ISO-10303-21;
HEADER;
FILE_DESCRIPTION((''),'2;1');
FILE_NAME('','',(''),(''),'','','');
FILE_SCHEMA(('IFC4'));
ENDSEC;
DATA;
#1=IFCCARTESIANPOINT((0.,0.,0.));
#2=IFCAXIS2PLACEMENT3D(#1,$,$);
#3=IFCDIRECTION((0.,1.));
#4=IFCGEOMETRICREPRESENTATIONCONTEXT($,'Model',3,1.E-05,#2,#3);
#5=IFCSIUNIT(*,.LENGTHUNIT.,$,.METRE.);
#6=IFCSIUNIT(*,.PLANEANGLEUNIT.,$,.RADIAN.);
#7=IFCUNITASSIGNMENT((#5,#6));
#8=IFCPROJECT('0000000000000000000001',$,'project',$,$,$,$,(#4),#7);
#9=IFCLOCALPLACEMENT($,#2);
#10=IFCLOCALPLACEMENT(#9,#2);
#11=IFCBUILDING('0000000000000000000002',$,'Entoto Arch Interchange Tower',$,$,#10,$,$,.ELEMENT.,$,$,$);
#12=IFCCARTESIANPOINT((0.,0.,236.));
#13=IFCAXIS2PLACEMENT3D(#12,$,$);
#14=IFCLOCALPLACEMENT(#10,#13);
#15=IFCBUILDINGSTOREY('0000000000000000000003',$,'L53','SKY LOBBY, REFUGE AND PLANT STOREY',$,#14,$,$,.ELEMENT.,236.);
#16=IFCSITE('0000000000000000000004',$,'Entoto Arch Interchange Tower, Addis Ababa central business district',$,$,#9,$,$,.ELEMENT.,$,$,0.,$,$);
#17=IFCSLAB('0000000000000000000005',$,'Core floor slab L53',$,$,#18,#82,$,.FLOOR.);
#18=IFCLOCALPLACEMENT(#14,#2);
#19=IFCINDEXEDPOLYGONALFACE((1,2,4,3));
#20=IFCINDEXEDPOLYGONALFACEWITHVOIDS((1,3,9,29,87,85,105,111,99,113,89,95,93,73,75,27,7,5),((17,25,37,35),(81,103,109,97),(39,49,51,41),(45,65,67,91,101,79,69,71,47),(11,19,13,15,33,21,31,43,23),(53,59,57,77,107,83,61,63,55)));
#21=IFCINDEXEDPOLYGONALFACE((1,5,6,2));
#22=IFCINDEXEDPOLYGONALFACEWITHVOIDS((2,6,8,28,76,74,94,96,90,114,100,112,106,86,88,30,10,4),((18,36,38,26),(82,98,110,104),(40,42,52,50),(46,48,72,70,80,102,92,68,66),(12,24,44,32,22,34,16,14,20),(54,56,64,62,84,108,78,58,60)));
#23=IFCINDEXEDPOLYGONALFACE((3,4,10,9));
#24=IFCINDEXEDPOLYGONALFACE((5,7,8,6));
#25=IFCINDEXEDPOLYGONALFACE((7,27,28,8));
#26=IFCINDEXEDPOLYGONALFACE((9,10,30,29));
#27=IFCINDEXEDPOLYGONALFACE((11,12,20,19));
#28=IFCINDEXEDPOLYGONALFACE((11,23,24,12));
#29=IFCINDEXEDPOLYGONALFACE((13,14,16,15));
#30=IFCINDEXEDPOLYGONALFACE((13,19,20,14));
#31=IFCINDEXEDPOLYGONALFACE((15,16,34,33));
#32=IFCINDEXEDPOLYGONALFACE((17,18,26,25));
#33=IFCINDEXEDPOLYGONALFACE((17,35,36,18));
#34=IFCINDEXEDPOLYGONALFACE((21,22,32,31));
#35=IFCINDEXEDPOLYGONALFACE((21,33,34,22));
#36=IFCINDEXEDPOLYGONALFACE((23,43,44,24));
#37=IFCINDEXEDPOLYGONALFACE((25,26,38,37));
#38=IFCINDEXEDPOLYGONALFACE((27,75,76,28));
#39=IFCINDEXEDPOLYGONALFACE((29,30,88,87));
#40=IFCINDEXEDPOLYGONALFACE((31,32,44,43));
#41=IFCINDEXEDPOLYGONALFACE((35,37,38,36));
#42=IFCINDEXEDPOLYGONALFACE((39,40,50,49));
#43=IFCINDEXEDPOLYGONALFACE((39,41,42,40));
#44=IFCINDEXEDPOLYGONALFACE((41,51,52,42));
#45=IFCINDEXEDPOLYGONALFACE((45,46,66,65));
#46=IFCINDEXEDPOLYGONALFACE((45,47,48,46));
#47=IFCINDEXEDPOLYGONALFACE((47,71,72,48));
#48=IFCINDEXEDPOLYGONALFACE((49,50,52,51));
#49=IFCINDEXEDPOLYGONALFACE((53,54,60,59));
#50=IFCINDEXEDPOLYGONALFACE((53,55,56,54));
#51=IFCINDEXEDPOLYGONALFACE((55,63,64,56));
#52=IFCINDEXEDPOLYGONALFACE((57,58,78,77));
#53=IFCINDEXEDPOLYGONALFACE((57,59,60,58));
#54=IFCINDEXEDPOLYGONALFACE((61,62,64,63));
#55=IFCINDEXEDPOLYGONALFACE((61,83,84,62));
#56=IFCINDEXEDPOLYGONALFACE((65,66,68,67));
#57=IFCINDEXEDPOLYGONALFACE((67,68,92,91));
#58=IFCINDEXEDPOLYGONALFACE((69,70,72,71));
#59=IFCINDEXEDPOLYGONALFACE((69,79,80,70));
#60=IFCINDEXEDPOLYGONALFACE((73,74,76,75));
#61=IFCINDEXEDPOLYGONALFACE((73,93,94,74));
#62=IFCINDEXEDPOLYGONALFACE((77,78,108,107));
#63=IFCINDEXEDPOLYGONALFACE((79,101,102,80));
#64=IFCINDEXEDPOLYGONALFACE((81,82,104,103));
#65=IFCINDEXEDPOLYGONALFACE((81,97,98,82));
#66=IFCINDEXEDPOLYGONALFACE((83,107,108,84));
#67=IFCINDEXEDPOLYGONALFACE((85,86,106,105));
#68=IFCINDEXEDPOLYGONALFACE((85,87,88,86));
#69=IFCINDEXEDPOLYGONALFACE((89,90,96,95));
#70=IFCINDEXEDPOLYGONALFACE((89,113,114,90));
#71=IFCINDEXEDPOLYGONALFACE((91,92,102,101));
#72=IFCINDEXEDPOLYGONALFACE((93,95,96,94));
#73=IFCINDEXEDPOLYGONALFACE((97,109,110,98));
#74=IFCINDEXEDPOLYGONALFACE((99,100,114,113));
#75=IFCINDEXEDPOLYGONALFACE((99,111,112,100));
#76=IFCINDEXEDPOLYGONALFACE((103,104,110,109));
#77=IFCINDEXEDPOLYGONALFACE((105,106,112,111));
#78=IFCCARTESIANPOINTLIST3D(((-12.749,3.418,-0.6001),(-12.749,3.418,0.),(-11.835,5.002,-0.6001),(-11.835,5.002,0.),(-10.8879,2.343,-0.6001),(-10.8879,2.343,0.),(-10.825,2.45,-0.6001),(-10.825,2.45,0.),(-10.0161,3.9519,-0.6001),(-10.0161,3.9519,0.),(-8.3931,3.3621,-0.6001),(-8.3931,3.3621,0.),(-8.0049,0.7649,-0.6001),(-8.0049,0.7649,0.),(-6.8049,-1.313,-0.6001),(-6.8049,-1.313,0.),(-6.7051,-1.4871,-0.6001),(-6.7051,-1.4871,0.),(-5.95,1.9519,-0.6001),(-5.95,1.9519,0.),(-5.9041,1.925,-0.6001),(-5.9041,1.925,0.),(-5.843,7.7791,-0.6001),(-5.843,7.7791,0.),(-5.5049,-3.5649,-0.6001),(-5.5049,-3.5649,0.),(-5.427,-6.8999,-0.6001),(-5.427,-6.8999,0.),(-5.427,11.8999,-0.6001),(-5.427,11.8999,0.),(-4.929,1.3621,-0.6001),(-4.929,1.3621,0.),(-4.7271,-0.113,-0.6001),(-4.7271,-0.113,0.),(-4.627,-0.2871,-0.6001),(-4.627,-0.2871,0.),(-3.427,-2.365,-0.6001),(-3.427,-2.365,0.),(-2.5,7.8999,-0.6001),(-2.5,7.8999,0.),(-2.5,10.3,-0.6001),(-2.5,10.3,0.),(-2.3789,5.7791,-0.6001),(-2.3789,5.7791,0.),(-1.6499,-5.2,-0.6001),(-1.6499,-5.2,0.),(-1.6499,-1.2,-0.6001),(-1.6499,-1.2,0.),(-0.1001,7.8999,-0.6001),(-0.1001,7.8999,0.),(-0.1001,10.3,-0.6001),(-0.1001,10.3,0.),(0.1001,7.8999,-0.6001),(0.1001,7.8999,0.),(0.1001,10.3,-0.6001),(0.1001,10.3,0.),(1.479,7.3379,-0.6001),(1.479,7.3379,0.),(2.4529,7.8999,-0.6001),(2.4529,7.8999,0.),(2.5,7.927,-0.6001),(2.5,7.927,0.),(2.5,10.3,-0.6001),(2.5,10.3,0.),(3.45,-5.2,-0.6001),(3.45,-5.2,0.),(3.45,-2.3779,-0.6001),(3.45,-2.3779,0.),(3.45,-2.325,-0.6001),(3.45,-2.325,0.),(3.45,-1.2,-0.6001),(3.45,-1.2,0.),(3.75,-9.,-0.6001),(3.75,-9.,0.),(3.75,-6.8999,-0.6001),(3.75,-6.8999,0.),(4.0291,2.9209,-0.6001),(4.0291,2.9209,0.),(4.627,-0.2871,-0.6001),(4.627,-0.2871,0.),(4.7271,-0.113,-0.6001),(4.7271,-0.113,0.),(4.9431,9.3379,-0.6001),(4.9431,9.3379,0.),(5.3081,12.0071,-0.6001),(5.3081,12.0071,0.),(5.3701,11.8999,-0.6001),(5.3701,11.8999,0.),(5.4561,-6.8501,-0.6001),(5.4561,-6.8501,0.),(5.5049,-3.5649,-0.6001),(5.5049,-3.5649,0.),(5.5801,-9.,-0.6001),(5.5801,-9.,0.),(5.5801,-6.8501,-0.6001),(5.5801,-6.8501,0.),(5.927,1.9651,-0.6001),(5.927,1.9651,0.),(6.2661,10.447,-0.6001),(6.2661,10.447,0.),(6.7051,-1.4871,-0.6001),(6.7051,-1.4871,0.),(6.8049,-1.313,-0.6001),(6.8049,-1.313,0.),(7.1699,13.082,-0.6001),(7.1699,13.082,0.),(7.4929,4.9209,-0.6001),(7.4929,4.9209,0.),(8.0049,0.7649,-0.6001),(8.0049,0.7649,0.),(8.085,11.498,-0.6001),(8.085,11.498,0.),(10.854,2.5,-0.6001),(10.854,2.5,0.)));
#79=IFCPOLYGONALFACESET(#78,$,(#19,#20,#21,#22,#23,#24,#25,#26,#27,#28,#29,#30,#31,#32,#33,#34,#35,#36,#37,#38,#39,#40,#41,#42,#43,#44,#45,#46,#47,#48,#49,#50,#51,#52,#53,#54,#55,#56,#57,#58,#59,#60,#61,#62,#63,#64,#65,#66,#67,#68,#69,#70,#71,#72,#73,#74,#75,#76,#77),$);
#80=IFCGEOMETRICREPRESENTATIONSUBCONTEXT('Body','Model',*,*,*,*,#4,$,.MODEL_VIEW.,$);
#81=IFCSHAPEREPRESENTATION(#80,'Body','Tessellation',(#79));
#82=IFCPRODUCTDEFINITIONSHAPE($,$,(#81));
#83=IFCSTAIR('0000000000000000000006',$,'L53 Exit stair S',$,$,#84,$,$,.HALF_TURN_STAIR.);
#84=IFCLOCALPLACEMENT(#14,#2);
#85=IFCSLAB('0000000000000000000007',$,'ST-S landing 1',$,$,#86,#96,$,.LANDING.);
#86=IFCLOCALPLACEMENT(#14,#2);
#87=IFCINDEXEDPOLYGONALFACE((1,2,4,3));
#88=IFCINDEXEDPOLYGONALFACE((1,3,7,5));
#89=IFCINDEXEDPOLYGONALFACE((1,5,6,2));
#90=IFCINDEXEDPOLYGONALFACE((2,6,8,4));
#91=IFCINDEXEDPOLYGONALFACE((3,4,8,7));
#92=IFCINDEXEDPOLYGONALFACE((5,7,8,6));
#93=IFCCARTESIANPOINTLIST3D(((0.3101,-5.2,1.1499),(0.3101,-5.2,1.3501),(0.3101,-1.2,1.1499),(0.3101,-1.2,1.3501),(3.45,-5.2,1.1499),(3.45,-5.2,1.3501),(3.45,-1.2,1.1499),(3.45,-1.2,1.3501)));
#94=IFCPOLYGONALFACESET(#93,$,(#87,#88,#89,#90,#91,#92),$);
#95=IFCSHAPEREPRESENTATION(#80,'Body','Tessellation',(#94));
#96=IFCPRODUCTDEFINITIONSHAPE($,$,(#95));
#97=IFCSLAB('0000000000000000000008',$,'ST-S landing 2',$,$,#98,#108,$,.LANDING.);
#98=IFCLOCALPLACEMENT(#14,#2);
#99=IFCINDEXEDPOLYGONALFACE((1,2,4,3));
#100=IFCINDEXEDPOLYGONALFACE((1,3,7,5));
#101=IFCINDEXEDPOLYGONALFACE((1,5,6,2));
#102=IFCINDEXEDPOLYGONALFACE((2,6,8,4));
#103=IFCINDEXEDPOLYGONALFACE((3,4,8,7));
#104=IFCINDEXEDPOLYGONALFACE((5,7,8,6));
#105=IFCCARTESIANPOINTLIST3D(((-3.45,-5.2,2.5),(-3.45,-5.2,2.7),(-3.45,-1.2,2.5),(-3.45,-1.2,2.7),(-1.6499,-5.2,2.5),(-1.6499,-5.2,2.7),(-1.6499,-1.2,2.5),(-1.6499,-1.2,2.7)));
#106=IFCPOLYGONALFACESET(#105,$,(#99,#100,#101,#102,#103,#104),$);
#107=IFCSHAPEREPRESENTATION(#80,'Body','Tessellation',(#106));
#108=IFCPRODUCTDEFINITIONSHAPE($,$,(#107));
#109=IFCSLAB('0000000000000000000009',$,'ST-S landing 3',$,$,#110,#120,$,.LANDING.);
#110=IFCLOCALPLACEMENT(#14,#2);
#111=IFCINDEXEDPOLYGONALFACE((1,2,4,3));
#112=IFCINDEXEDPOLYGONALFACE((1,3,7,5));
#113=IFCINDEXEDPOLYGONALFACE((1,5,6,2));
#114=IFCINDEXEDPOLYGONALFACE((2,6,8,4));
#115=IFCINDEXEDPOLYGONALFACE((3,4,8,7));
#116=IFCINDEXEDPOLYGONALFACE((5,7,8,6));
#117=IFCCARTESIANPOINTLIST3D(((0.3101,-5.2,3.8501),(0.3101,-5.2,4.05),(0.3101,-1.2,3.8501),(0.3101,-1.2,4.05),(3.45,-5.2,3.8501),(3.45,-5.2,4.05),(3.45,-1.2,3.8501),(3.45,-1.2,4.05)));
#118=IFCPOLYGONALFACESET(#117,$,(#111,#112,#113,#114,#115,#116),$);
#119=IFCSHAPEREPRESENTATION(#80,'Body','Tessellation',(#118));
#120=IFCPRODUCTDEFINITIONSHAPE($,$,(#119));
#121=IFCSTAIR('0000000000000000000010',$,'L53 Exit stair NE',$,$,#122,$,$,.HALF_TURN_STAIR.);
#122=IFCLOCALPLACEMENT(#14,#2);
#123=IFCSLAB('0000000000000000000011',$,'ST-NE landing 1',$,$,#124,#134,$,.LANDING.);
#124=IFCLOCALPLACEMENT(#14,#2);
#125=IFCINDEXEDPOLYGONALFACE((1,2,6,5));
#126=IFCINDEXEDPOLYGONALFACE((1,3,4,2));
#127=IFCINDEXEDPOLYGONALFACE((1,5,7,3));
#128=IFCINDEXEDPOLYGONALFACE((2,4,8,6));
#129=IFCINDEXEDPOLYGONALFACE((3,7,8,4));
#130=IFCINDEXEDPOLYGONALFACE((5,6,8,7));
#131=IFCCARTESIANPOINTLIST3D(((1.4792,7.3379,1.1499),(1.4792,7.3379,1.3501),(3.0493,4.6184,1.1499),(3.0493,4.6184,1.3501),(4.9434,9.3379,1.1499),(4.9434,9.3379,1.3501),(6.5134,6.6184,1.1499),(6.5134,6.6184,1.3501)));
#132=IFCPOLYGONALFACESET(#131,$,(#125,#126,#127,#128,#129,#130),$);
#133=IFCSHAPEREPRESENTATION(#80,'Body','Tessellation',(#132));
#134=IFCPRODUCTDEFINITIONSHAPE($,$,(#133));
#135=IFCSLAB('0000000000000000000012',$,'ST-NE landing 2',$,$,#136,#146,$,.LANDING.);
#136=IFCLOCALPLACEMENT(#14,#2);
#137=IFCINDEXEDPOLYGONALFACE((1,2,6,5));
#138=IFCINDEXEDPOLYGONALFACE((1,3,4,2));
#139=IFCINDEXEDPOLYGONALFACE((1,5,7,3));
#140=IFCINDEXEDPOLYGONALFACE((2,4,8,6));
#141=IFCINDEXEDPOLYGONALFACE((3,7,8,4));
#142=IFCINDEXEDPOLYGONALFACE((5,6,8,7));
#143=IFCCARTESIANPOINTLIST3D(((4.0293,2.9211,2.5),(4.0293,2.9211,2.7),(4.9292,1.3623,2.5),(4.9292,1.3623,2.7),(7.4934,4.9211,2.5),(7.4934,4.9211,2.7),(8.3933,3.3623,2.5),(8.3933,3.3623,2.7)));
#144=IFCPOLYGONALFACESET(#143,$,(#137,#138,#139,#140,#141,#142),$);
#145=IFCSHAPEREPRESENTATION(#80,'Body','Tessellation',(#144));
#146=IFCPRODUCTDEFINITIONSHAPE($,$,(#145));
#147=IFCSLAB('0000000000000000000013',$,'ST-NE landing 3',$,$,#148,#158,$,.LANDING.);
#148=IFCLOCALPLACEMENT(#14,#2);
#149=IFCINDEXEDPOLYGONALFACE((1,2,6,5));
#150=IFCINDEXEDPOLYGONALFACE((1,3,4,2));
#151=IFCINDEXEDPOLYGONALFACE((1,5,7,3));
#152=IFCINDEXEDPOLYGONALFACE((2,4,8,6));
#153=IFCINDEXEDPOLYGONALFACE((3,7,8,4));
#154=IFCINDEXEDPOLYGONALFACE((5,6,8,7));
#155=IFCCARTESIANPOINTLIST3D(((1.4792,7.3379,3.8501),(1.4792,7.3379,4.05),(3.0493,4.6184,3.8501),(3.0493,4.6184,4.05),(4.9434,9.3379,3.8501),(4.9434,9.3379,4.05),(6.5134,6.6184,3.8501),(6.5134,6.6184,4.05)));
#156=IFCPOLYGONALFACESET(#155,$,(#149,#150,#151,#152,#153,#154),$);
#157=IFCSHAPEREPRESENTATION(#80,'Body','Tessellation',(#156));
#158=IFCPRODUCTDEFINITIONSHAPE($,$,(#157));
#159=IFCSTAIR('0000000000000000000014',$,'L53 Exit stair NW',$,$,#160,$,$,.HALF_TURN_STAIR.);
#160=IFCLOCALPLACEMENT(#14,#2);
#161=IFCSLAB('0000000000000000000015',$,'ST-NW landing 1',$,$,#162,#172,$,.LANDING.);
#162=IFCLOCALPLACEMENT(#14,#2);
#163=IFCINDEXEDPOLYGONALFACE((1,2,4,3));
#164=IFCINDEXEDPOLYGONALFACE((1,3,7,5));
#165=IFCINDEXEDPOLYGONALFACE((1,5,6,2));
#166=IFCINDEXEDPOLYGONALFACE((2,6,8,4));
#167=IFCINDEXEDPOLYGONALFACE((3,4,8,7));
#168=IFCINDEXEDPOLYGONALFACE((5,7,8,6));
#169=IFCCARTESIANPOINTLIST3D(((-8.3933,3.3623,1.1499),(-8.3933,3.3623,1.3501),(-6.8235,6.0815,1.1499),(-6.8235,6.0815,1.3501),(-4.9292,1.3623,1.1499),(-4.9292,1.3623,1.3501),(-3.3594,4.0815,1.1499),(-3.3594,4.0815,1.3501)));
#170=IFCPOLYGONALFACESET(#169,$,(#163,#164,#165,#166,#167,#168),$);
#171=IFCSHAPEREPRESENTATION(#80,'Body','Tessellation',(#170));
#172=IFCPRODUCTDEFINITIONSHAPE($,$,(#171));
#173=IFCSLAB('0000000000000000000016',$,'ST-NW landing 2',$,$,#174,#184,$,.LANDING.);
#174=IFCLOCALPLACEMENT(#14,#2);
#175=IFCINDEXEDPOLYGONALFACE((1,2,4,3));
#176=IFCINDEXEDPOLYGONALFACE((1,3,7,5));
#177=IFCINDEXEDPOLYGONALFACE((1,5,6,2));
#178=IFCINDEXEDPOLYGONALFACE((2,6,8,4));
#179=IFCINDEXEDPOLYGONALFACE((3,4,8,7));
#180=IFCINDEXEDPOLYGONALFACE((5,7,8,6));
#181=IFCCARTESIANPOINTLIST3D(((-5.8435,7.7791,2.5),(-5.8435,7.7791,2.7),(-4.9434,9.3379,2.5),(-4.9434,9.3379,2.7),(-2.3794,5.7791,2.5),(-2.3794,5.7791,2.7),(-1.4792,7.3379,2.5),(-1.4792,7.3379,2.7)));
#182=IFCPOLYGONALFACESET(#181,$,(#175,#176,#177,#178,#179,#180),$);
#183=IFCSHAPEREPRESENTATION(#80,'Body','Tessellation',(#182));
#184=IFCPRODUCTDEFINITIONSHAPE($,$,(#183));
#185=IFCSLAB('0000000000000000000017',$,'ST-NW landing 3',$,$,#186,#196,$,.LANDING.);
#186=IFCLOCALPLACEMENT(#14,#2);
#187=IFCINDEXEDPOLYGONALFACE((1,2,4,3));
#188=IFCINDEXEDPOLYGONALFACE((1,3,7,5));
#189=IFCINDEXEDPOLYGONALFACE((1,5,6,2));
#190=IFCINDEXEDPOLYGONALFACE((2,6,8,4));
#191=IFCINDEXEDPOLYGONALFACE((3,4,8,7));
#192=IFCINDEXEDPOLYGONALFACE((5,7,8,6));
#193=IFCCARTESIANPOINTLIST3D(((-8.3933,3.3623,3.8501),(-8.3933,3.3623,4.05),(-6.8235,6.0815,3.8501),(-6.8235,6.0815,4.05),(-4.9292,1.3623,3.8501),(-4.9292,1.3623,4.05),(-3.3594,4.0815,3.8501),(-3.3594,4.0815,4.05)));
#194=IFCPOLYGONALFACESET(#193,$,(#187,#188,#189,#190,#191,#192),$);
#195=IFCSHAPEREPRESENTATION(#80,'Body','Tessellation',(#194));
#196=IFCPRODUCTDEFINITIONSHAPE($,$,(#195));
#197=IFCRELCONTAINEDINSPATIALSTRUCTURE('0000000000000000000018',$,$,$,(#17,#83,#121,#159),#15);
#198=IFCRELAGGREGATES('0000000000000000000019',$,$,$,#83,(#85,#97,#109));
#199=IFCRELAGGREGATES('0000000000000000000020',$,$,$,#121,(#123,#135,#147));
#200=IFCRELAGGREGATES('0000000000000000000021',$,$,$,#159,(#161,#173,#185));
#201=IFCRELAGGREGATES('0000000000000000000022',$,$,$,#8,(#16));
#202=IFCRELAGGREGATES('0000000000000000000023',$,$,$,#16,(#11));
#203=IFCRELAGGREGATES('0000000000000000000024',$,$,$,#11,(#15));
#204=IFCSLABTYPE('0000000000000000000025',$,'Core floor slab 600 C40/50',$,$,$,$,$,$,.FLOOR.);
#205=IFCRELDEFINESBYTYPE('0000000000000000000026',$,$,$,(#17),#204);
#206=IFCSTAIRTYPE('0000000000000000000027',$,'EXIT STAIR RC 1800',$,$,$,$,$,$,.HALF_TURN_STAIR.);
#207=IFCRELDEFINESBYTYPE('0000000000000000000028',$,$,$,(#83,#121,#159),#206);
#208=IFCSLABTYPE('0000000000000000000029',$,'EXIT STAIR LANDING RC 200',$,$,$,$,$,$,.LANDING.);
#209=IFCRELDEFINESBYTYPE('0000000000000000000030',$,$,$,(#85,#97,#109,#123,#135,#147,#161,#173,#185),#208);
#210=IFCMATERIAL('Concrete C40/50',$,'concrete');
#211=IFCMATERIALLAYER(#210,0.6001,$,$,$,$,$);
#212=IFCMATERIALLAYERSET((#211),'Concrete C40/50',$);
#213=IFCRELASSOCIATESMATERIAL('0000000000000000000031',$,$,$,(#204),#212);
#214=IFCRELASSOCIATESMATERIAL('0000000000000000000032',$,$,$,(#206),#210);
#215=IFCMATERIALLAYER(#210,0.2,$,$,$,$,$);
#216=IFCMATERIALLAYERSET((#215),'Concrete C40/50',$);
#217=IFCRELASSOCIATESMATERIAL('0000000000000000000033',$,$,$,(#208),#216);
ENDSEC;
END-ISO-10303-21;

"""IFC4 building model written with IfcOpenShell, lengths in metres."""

from ifc_helpers import new_model, si_unit, direction, frame, origin, place, context, subcontext, project, spatial, polyline, outline, extrude, material, layer, layer_set, type_object, element, aggregate, save


model = new_model("IFC4")

# Units and contexts
model_context = context("Model", 3, precision=1e-05, world=origin(), true_north=direction((0.0, 1.0)))
body_context = subcontext(model_context, "Body", "Model", "MODEL_VIEW")
ifc_project = project(units=[si_unit("LENGTHUNIT", "METRE"), si_unit("PLANEANGLEUNIT", "RADIAN")], contexts=[model_context])

# Site, building, storey
site_placement = place(None, origin())
site = spatial("IfcSite", under=ifc_project, at=site_placement, Name="Entoto Arch Interchange Tower, Addis Ababa central business district", CompositionType="ELEMENT", RefElevation=0.0)
building_placement = place(site_placement, origin())
building = spatial("IfcBuilding", under=site, at=building_placement, Name="Entoto Arch Interchange Tower", CompositionType="ELEMENT")
storey_placement = place(building_placement, frame((0.0, 0.0, 236.0)))
storey = spatial("IfcBuildingStorey", under=building, at=storey_placement, Name="L53", Description="SKY LOBBY, REFUGE AND PLANT STOREY", CompositionType="ELEMENT", Elevation=236.0)

# Slab
ifc_material_1 = material(Name="Concrete C40/50", Category="concrete")
ifc_layer_1 = layer(ifc_material_1, 0.6001)
ifc_layer_set_1 = layer_set([ifc_layer_1], Name="Concrete C40/50")
slab_type_1 = type_object("IfcSlabType", Name="Core floor slab 600 C40/50", PredefinedType="FLOOR", material=ifc_layer_set_1)
slab_1_placement = place(storey_placement, frame((0.0, 0.0, -0.6001)))
element("IfcSlab", 1, at=slab_1_placement, inside=storey, type_object=slab_type_1, Name="Core floor slab L53", PredefinedType="FLOOR", context=body_context, shape_type="SweptSolid", body=[
    extrude(outline(polyline([(-10.825, 2.45), (-10.8879, 2.343), (-12.749, 3.418), (-11.835, 5.002), (-10.0161, 3.9519), (-5.427, 11.8999), (5.3701, 11.8999), (5.3081, 12.0071), (7.1699, 13.082), (8.085, 11.498), (6.2661, 10.447), (10.854, 2.5), (5.4561, -6.8501), (5.5801, -6.8501), (5.5801, -9.0), (3.75, -9.0), (3.75, -6.8999), (-5.427, -6.8999), (-10.825, 2.45)]), holes=[polyline([(-1.6499, -5.2), (3.45, -5.2), (3.45, -2.3779), (5.5049, -3.5649), (6.7051, -1.4871), (4.627, -0.2871), (3.45, -2.325), (3.45, -1.2), (-1.6499, -1.2), (-1.6499, -5.2)]), polyline([(-4.627, -0.2871), (-6.7051, -1.4871), (-5.5049, -3.5649), (-3.427, -2.365), (-4.627, -0.2871)]), polyline([(-5.9041, 1.925), (-4.929, 1.3621), (-2.3789, 5.7791), (-5.843, 7.7791), (-8.3931, 3.3621), (-5.95, 1.9519), (-8.0049, 0.7649), (-6.8049, -1.313), (-4.7271, -0.113), (-5.9041, 1.925)]), polyline([(4.7271, -0.113), (6.8049, -1.313), (8.0049, 0.7649), (5.927, 1.9651), (4.7271, -0.113)]), polyline([(2.5, 7.927), (2.5, 10.3), (0.1001, 10.3), (0.1001, 7.8999), (2.4529, 7.8999), (1.479, 7.3379), (4.0291, 2.9209), (7.4929, 4.9209), (4.9431, 9.3379), (2.5, 7.927)]), polyline([(-2.5, 7.8999), (-0.1001, 7.8999), (-0.1001, 10.3), (-2.5, 10.3), (-2.5, 7.8999)])]), origin(), (0.0, 0.0, 1.0), 0.6001),
])

# Stairs, slabs
stair_type = type_object("IfcStairType", Name="EXIT STAIR RC 1800", PredefinedType="HALF_TURN_STAIR", material=ifc_material_1)
stair_1_placement = place(storey_placement, origin())
stair_1 = element("IfcStair", 2, at=stair_1_placement, inside=storey, type_object=stair_type, Name="L53 Exit stair S", PredefinedType="HALF_TURN_STAIR")
ifc_layer_2 = layer(ifc_material_1, 0.2)
ifc_layer_set_2 = layer_set([ifc_layer_2], Name="Concrete C40/50")
slab_type_2 = type_object("IfcSlabType", Name="EXIT STAIR LANDING RC 200", PredefinedType="LANDING", material=ifc_layer_set_2)
slab_2_placement = place(storey_placement, frame((0.0, 0.0, 1.1499)))
slab_2 = element("IfcSlab", 3, at=slab_2_placement, type_object=slab_type_2, Name="ST-S landing 1", PredefinedType="LANDING", context=body_context, shape_type="SweptSolid", body=[
    extrude(outline(polyline([(0.3101, -5.2), (3.45, -5.2), (3.45, -1.2), (0.3101, -1.2), (0.3101, -5.2)])), origin(), (0.0, 0.0, 1.0), 0.2002),
])
slab_3_placement = place(storey_placement, frame((0.0, 0.0, 2.5)))
slab_3 = element("IfcSlab", 4, at=slab_3_placement, type_object=slab_type_2, Name="ST-S landing 2", PredefinedType="LANDING", context=body_context, shape_type="SweptSolid", body=[
    extrude(outline(polyline([(-3.45, -5.2), (-1.6499, -5.2), (-1.6499, -1.2), (-3.45, -1.2), (-3.45, -5.2)])), origin(), (0.0, 0.0, 1.0), 0.2),
])
slab_4_placement = place(storey_placement, frame((0.0, 0.0, 3.8501)))
slab_4 = element("IfcSlab", 5, at=slab_4_placement, type_object=slab_type_2, Name="ST-S landing 3", PredefinedType="LANDING", context=body_context, shape_type="SweptSolid", body=[
    extrude(outline(polyline([(0.3101, -5.2), (3.45, -5.2), (3.45, -1.2), (0.3101, -1.2), (0.3101, -5.2)])), origin(), (0.0, 0.0, 1.0), 0.2),
])
aggregate(stair_1, [slab_2, slab_3, slab_4])
stair_2_placement = place(storey_placement, origin())
stair_2 = element("IfcStair", 6, at=stair_2_placement, inside=storey, type_object=stair_type, Name="L53 Exit stair NE", PredefinedType="HALF_TURN_STAIR")
slab_5_placement = place(storey_placement, frame((0.0, 0.0, 1.1499)))
slab_5 = element("IfcSlab", 7, at=slab_5_placement, type_object=slab_type_2, Name="ST-NE landing 1", PredefinedType="LANDING", context=body_context, shape_type="SweptSolid", body=[
    extrude(outline(polyline([(6.5134, 6.6184), (4.9434, 9.3379), (1.4792, 7.3379), (3.0493, 4.6184), (6.5134, 6.6184)])), origin(), (0.0, 0.0, 1.0), 0.2002),
])
slab_6_placement = place(storey_placement, frame((0.0, 0.0, 2.5)))
slab_6 = element("IfcSlab", 8, at=slab_6_placement, type_object=slab_type_2, Name="ST-NE landing 2", PredefinedType="LANDING", context=body_context, shape_type="SweptSolid", body=[
    extrude(outline(polyline([(8.3933, 3.3623), (7.4934, 4.9211), (4.0293, 2.9211), (4.9292, 1.3623), (8.3933, 3.3623)])), origin(), (0.0, 0.0, 1.0), 0.2),
])
slab_7_placement = place(storey_placement, frame((0.0, 0.0, 3.8501)))
slab_7 = element("IfcSlab", 9, at=slab_7_placement, type_object=slab_type_2, Name="ST-NE landing 3", PredefinedType="LANDING", context=body_context, shape_type="SweptSolid", body=[
    extrude(outline(polyline([(6.5134, 6.6184), (4.9434, 9.3379), (1.4792, 7.3379), (3.0493, 4.6184), (6.5134, 6.6184)])), origin(), (0.0, 0.0, 1.0), 0.2),
])
aggregate(stair_2, [slab_5, slab_6, slab_7])
stair_3_placement = place(storey_placement, origin())
stair_3 = element("IfcStair", 10, at=stair_3_placement, inside=storey, type_object=stair_type, Name="L53 Exit stair NW", PredefinedType="HALF_TURN_STAIR")
slab_8_placement = place(storey_placement, frame((0.0, 0.0, 1.1499)))
slab_8 = element("IfcSlab", 11, at=slab_8_placement, type_object=slab_type_2, Name="ST-NW landing 1", PredefinedType="LANDING", context=body_context, shape_type="SweptSolid", body=[
    extrude(outline(polyline([(-6.8235, 6.0815), (-8.3933, 3.3623), (-4.9292, 1.3623), (-3.3594, 4.0815), (-6.8235, 6.0815)])), origin(), (0.0, 0.0, 1.0), 0.2002),
])
slab_9_placement = place(storey_placement, frame((0.0, 0.0, 2.5)))
slab_9 = element("IfcSlab", 12, at=slab_9_placement, type_object=slab_type_2, Name="ST-NW landing 2", PredefinedType="LANDING", context=body_context, shape_type="SweptSolid", body=[
    extrude(outline(polyline([(-4.9434, 9.3379), (-5.8435, 7.7791), (-2.3794, 5.7791), (-1.4792, 7.3379), (-4.9434, 9.3379)])), origin(), (0.0, 0.0, 1.0), 0.2),
])
slab_10_placement = place(storey_placement, frame((0.0, 0.0, 3.8501)))
slab_10 = element("IfcSlab", 13, at=slab_10_placement, type_object=slab_type_2, Name="ST-NW landing 3", PredefinedType="LANDING", context=body_context, shape_type="SweptSolid", body=[
    extrude(outline(polyline([(-6.8235, 6.0815), (-8.3933, 3.3623), (-4.9292, 1.3623), (-3.3594, 4.0815), (-6.8235, 6.0815)])), origin(), (0.0, 0.0, 1.0), 0.2),
])
aggregate(stair_3, [slab_8, slab_9, slab_10])

save(model, "model.ifc")
